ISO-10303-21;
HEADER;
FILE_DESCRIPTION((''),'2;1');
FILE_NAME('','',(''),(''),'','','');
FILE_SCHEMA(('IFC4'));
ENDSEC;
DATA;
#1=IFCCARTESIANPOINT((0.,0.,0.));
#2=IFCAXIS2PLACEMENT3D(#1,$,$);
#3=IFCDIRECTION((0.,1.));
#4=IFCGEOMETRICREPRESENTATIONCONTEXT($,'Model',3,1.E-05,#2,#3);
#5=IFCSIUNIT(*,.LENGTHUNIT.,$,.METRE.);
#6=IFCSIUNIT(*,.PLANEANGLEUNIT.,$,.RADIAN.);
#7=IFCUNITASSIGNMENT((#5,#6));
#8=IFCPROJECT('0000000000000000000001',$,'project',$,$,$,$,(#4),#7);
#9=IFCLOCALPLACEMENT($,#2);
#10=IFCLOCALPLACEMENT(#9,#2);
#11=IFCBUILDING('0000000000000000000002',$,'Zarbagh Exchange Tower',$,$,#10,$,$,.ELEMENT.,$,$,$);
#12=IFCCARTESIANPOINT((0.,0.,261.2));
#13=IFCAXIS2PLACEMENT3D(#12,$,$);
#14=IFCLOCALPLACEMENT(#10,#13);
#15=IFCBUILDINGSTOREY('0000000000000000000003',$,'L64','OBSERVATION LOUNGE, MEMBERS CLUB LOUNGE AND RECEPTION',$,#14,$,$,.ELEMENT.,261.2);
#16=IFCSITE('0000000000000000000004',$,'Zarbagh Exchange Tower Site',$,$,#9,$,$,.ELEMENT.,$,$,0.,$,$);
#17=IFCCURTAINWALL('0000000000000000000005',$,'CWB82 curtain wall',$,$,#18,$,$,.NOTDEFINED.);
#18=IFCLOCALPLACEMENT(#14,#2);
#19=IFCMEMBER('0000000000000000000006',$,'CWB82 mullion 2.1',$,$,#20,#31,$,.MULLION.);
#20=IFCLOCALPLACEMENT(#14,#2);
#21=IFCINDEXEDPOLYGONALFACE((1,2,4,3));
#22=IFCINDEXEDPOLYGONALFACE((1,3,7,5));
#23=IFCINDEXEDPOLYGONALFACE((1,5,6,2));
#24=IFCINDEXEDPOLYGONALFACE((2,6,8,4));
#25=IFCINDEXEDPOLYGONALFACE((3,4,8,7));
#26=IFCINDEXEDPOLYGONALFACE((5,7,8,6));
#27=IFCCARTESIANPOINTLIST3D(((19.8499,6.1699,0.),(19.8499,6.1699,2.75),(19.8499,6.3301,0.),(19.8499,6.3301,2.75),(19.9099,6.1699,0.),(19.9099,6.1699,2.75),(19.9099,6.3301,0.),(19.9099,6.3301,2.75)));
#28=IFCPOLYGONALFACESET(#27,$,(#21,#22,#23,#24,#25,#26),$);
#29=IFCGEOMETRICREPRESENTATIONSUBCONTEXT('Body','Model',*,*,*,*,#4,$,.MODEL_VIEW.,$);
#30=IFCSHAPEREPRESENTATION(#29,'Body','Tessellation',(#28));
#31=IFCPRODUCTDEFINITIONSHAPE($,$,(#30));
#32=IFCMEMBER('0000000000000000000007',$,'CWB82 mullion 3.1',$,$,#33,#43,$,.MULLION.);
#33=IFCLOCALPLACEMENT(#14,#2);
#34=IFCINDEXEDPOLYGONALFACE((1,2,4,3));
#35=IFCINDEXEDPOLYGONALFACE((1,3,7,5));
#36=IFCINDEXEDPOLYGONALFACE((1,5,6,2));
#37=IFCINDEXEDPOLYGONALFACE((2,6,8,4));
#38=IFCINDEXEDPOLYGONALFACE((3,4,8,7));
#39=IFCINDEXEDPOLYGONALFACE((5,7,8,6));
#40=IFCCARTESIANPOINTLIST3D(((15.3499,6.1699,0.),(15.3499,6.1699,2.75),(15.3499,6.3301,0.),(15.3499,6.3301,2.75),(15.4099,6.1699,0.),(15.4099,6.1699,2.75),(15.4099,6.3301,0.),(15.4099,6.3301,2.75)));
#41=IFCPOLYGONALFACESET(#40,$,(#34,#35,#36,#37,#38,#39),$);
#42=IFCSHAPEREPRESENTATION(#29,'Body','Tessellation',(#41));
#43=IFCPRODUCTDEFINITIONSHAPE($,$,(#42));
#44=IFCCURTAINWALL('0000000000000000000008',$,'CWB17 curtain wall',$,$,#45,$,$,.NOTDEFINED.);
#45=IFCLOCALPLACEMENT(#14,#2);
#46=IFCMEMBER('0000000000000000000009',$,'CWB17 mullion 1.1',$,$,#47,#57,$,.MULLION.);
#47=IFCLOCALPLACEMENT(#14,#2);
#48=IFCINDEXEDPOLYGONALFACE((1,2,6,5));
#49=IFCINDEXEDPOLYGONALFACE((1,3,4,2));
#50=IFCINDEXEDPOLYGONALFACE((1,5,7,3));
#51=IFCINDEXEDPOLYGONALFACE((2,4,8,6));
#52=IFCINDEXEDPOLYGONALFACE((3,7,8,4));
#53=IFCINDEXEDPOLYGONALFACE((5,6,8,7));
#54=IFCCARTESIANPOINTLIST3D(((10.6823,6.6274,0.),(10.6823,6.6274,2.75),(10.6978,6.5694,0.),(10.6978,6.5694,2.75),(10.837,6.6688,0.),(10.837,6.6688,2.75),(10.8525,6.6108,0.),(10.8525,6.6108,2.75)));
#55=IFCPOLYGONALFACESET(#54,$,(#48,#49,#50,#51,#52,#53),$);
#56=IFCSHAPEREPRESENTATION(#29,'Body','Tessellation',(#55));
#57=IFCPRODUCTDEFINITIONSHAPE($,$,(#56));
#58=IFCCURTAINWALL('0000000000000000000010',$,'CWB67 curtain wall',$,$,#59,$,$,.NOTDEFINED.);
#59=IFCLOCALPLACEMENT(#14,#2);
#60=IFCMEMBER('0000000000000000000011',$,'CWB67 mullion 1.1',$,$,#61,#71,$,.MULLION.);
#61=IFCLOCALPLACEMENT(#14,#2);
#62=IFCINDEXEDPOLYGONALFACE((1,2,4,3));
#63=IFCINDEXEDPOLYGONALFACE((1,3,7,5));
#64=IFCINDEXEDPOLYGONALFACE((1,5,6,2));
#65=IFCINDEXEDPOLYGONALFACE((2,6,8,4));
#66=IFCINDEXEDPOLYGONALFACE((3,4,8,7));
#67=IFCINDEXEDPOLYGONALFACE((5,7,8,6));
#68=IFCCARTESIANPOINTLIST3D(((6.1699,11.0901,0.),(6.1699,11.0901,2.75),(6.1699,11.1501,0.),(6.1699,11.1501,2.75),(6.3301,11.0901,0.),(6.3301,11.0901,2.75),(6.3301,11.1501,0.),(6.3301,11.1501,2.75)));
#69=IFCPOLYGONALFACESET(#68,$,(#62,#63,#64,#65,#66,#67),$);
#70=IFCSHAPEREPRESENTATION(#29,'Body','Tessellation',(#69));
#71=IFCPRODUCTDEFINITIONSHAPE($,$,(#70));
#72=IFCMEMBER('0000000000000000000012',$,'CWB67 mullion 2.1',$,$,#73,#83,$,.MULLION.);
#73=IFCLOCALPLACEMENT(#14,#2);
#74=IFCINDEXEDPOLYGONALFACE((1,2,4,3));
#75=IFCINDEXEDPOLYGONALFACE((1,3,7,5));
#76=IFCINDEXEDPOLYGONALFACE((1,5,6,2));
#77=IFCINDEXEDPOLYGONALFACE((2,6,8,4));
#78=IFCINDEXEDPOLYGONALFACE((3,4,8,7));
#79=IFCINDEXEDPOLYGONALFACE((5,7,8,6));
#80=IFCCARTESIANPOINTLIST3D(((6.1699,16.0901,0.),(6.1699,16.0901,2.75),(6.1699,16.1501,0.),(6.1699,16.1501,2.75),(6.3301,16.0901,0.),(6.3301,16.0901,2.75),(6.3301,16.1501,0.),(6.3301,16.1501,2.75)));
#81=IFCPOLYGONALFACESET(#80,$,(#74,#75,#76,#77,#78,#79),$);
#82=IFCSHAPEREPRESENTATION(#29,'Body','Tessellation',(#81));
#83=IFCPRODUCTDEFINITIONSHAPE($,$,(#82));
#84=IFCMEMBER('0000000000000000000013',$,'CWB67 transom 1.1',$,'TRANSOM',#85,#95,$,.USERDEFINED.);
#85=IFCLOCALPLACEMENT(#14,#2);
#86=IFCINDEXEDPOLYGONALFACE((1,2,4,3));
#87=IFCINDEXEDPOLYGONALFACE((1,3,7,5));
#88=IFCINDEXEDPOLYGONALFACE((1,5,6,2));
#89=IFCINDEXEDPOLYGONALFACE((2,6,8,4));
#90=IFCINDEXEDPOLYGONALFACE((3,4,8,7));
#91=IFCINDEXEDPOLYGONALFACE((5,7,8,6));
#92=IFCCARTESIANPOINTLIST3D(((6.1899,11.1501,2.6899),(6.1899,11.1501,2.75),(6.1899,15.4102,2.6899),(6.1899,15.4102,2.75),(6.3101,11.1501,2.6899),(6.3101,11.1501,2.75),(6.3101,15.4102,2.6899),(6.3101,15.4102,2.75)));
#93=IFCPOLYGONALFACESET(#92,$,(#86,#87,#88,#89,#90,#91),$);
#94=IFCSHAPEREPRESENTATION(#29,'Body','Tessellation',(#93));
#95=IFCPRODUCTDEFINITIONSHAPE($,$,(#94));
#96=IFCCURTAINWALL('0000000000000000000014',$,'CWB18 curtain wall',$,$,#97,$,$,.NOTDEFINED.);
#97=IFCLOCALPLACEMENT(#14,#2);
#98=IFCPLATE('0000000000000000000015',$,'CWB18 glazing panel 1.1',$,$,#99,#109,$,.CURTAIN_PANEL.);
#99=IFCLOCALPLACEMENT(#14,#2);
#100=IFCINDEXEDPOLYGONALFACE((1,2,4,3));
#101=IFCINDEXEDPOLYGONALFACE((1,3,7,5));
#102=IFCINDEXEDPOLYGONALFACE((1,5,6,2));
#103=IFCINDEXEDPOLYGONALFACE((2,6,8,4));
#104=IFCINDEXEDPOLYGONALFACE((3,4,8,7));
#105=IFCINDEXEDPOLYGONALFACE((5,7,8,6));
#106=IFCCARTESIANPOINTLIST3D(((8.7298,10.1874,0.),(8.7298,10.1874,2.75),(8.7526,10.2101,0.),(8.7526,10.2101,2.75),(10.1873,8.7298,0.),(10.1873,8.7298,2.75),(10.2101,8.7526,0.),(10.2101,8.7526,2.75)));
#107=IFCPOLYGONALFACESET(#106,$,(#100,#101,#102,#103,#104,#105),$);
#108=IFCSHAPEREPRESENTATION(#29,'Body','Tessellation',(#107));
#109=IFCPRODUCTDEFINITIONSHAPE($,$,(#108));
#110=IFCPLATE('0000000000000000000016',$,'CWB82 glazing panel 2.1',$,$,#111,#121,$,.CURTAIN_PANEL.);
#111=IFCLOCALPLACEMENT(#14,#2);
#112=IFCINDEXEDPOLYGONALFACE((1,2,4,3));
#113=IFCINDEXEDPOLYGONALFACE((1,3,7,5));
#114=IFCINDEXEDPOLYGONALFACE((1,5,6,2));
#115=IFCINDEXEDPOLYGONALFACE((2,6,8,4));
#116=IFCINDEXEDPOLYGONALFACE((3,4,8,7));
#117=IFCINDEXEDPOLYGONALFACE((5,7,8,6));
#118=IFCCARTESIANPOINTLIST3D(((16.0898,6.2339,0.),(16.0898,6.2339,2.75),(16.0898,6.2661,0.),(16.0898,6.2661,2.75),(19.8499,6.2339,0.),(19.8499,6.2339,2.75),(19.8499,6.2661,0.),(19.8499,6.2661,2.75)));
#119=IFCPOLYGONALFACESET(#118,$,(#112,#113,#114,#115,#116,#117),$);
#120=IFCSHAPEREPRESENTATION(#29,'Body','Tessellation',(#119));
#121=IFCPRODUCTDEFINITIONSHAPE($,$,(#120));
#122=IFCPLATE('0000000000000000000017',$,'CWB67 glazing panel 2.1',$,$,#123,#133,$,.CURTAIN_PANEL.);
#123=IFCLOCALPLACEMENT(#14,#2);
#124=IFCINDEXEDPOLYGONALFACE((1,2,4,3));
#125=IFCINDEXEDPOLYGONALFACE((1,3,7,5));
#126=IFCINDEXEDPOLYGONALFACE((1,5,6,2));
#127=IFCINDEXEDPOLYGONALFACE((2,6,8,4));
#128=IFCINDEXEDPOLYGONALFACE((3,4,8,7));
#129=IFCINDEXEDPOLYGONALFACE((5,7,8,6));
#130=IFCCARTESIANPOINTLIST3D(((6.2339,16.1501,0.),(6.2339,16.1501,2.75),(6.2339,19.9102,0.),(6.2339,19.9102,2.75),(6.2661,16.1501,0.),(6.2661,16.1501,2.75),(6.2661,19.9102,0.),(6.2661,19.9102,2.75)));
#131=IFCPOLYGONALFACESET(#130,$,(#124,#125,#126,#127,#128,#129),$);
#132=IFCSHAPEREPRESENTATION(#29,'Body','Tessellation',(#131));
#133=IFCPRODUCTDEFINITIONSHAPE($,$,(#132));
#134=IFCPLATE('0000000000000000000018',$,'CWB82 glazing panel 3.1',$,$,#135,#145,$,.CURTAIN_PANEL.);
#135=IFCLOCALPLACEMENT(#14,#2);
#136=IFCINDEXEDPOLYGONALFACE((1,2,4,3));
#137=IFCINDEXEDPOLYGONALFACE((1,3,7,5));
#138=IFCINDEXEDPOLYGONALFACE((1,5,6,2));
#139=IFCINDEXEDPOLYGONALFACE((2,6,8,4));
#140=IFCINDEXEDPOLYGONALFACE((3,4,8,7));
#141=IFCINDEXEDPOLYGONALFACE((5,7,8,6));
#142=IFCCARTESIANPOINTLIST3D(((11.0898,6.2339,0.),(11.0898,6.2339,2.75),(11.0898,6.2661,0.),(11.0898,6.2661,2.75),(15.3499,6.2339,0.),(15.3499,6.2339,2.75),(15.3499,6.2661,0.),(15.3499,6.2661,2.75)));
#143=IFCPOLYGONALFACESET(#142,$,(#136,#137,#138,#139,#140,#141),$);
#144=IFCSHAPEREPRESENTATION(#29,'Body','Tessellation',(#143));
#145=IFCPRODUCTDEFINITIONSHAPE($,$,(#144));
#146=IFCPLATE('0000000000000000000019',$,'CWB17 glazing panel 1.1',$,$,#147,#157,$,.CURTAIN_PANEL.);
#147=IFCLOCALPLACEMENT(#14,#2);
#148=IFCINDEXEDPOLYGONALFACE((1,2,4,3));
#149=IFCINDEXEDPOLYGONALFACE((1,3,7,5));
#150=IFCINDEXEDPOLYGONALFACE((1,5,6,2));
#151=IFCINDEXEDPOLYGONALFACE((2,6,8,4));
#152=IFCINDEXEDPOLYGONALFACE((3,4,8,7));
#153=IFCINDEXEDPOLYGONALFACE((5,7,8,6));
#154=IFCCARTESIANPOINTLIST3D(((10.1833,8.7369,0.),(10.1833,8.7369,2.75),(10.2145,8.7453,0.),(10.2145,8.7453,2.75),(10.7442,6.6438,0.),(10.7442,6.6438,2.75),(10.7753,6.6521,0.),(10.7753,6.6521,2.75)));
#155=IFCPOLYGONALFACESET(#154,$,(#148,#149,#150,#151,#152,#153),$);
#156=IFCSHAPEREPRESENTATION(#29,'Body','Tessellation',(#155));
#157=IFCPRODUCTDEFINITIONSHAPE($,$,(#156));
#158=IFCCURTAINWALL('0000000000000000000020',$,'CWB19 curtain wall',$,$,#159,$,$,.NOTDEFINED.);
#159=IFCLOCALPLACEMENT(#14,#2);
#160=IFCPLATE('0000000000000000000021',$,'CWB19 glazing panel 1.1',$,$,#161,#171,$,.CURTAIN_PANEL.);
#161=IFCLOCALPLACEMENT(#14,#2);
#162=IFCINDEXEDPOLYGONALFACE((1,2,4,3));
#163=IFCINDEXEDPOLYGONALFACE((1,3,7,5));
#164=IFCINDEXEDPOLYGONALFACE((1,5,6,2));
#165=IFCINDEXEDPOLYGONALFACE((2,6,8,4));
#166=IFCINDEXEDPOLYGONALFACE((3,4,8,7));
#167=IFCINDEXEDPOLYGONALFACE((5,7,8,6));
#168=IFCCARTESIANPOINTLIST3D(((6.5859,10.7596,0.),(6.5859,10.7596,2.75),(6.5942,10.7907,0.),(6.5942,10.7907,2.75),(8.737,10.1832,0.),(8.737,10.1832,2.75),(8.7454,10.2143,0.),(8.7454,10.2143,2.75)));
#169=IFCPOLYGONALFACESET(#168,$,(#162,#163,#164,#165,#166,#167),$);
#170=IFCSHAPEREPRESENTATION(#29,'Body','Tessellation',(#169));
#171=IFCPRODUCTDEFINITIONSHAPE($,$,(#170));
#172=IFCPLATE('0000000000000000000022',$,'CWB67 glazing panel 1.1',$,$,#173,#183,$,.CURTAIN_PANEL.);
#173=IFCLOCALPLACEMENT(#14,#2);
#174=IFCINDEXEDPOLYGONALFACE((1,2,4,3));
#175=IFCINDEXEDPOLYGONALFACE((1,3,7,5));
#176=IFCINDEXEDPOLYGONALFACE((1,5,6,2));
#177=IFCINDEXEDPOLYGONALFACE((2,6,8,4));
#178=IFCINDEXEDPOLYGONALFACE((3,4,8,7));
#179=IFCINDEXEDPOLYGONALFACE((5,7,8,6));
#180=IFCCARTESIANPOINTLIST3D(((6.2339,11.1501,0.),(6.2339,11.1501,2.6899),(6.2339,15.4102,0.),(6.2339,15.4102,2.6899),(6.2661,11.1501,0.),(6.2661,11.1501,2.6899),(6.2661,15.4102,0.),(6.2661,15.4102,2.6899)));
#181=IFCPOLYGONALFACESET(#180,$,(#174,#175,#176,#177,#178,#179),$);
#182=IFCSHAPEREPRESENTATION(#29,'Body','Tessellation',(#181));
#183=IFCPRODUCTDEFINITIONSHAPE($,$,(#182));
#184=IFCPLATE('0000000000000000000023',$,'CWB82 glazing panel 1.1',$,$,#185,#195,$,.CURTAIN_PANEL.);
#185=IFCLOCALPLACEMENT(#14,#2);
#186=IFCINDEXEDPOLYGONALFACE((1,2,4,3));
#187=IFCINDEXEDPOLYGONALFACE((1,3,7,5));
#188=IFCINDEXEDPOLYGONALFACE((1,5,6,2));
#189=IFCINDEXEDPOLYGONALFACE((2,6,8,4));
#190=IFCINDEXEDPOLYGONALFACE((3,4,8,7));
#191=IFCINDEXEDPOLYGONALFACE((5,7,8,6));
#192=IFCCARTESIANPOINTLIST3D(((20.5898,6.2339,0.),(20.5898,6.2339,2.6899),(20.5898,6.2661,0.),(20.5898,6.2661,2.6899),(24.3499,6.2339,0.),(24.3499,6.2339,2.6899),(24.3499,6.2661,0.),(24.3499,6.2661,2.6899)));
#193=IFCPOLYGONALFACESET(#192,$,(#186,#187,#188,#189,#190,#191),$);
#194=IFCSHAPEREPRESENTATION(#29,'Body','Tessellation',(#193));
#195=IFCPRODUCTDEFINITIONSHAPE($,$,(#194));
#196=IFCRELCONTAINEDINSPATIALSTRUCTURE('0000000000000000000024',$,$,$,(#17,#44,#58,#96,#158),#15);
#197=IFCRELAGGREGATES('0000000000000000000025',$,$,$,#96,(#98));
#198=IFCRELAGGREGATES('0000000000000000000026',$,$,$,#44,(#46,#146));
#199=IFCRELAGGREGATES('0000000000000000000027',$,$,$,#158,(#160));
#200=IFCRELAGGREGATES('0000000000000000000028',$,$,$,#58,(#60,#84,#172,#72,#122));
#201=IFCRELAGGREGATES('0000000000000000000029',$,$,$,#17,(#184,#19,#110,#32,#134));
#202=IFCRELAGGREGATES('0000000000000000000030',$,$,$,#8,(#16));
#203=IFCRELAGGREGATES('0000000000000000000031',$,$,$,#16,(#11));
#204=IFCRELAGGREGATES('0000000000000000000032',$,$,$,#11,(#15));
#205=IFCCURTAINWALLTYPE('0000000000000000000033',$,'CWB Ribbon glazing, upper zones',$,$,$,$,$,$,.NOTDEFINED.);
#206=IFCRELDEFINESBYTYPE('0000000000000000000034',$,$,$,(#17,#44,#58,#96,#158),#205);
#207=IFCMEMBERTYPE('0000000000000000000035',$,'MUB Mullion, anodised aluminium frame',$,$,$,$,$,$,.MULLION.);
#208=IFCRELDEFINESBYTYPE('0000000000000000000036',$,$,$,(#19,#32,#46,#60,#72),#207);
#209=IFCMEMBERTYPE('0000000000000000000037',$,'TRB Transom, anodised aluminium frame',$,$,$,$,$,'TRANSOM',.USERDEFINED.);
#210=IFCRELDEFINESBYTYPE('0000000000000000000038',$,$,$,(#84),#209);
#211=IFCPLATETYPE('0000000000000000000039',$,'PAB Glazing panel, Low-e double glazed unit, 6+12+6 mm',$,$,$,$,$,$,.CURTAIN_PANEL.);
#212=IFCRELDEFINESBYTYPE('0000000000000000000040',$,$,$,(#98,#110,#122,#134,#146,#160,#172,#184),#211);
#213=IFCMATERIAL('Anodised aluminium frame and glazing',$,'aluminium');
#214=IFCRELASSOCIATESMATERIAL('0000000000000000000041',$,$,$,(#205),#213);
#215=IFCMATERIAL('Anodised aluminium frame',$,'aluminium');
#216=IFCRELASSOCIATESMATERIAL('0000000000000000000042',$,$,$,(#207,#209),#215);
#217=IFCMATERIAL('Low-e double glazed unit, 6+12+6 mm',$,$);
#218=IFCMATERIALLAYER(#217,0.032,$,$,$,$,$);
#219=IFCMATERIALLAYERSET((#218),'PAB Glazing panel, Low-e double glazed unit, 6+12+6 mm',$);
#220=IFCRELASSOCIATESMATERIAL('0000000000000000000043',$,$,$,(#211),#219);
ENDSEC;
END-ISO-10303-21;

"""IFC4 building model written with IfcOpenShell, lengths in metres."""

from ifc_helpers import new_model, si_unit, direction, frame, origin, place, context, subcontext, project, spatial, polyline, outline, extrude, source, transform, mapped, material, layer, layer_set, type_object, element, aggregate, save


model = new_model("IFC4")

# Units and contexts
model_context = context("Model", 3, precision=1e-05, world=origin(), true_north=direction((0.0, 1.0)))
body_context = subcontext(model_context, "Body", "Model", "MODEL_VIEW")
ifc_project = project(units=[si_unit("LENGTHUNIT", "METRE"), si_unit("PLANEANGLEUNIT", "RADIAN")], contexts=[model_context])

# Site, building, storey
site_placement = place(None, origin())
site = spatial("IfcSite", under=ifc_project, at=site_placement, Name="Zarbagh Exchange Tower Site", CompositionType="ELEMENT", RefElevation=0.0)
building_placement = place(site_placement, origin())
building = spatial("IfcBuilding", under=site, at=building_placement, Name="Zarbagh Exchange Tower", CompositionType="ELEMENT")
storey_placement = place(building_placement, frame((0.0, 0.0, 261.2)))
storey = spatial("IfcBuildingStorey", under=building, at=storey_placement, Name="L64", Description="OBSERVATION LOUNGE, MEMBERS CLUB LOUNGE AND RECEPTION", CompositionType="ELEMENT", Elevation=261.2)

# Curtain wall, members
ifc_material_1 = material(Name="Anodised aluminium frame and glazing", Category="aluminium")
curtain_wall_type = type_object("IfcCurtainWallType", Name="CWB Ribbon glazing, upper zones", PredefinedType="NOTDEFINED", material=ifc_material_1)
curtain_wall_1_placement = place(storey_placement, origin())
curtain_wall_1 = element("IfcCurtainWall", 1, at=curtain_wall_1_placement, inside=storey, type_object=curtain_wall_type, Name="CWB82 curtain wall", PredefinedType="NOTDEFINED")
ifc_material_2 = material(Name="Anodised aluminium frame", Category="aluminium")
member_type_1 = type_object("IfcMemberType", Name="MUB Mullion, anodised aluminium frame", PredefinedType="MULLION", material=ifc_material_2)
shared_shape_1 = source(origin(), body_context, "Body", "SweptSolid", [
    extrude(outline(polyline([(0.0, -0.0801), (0.0601, -0.0801), (0.0601, 0.0801), (0.0, 0.0801), (0.0, -0.0801)])), origin(), (0.0, 0.0, 1.0), 2.75),
])
placement = place(storey_placement, origin())
member_1 = element("IfcMember", 2, at=placement, type_object=member_type_1, Name="CWB82 mullion 2.1", PredefinedType="MULLION", context=body_context, shape_type="MappedRepresentation", body=[
    mapped(shared_shape_1, transform((19.9099, 6.25, 0.0), x_axis=(-1.0, 0.0, 0.0), y_axis=(0.0, -1.0, 0.0), z_axis=(0.0, 0.0, 1.0))),
])
member_2 = element("IfcMember", 3, at=placement, type_object=member_type_1, Name="CWB82 mullion 3.1", PredefinedType="MULLION", context=body_context, shape_type="MappedRepresentation", body=[
    mapped(shared_shape_1, transform((15.4099, 6.25, 0.0), x_axis=(-1.0, 0.0, 0.0), y_axis=(0.0, -1.0, 0.0), z_axis=(0.0, 0.0, 1.0))),
])

# Curtain wall, member
curtain_wall_2_placement = place(storey_placement, origin())
curtain_wall_2 = element("IfcCurtainWall", 4, at=curtain_wall_2_placement, inside=storey, type_object=curtain_wall_type, Name="CWB17 curtain wall", PredefinedType="NOTDEFINED")
member_3 = element("IfcMember", 5, at=placement, type_object=member_type_1, Name="CWB17 mullion 1.1", PredefinedType="MULLION", context=body_context, shape_type="MappedRepresentation", body=[
    mapped(shared_shape_1, transform((10.7751, 6.5901, 0.0), x_axis=(-0.258825, 0.965924, 0.0), y_axis=(-0.965924, -0.258825, 0.0), z_axis=(0.0, 0.0, 1.0))),
])

# Curtain wall, members
curtain_wall_3_placement = place(storey_placement, origin())
curtain_wall_3 = element("IfcCurtainWall", 6, at=curtain_wall_3_placement, inside=storey, type_object=curtain_wall_type, Name="CWB67 curtain wall", PredefinedType="NOTDEFINED")
member_4 = element("IfcMember", 7, at=placement, type_object=member_type_1, Name="CWB67 mullion 1.1", PredefinedType="MULLION", context=body_context, shape_type="MappedRepresentation", body=[
    mapped(shared_shape_1, transform((6.25, 11.0901, 0.0), x_axis=(0.0, 1.0, 0.0), y_axis=(-1.0, 0.0, 0.0), z_axis=(0.0, 0.0, 1.0))),
])
member_5 = element("IfcMember", 8, at=placement, type_object=member_type_1, Name="CWB67 mullion 2.1", PredefinedType="MULLION", context=body_context, shape_type="MappedRepresentation", body=[
    mapped(shared_shape_1, transform((6.25, 16.0901, 0.0), x_axis=(0.0, 1.0, 0.0), y_axis=(-1.0, 0.0, 0.0), z_axis=(0.0, 0.0, 1.0))),
])
member_type_2 = type_object("IfcMemberType", Name="TRB Transom, anodised aluminium frame", ElementType="TRANSOM", PredefinedType="USERDEFINED", material=ifc_material_2)
shared_shape_2 = source(origin(), body_context, "Body", "SweptSolid", [
    extrude(outline(polyline([(-0.0601, -0.0601), (0.0, -0.0601), (0.0, 0.0601), (-0.0601, 0.0601), (-0.0601, -0.0601)])), origin(), (0.0, 0.0, 1.0), 4.26),
])
member_6 = element("IfcMember", 9, at=placement, type_object=member_type_2, Name="CWB67 transom 1.1", ObjectType="TRANSOM", PredefinedType="USERDEFINED", context=body_context, shape_type="MappedRepresentation", body=[
    mapped(shared_shape_2, transform((6.25, 11.1501, 2.75), x_axis=(0.0, 0.0, 1.0), y_axis=(1.0, 0.0, 0.0), z_axis=(0.0, 1.0, 0.0))),
])

# Curtain wall, plate
curtain_wall_4_placement = place(storey_placement, origin())
curtain_wall_4 = element("IfcCurtainWall", 10, at=curtain_wall_4_placement, inside=storey, type_object=curtain_wall_type, Name="CWB18 curtain wall", PredefinedType="NOTDEFINED")
ifc_material_3 = material(Name="Low-e double glazed unit, 6+12+6 mm")
ifc_layer_1 = layer(ifc_material_3, 0.032)
ifc_layer_set_1 = layer_set([ifc_layer_1], Name="PAB Glazing panel, Low-e double glazed unit, 6+12+6 mm")
plate_type = type_object("IfcPlateType", Name="PAB Glazing panel, Low-e double glazed unit, 6+12+6 mm", PredefinedType="CURTAIN_PANEL", material=ifc_layer_set_1)
shared_shape_3 = source(origin(), body_context, "Body", "SweptSolid", [
    extrude(outline(polyline([(0.0, -0.0161), (2.0613, -0.0161), (2.0613, 0.0161), (0.0, 0.0161), (0.0, -0.0161)])), origin(), (0.0, 0.0, 1.0), 2.75),
])
plate_1 = element("IfcPlate", 11, at=placement, type_object=plate_type, Name="CWB18 glazing panel 1.1", PredefinedType="CURTAIN_PANEL", context=body_context, shape_type="MappedRepresentation", body=[
    mapped(shared_shape_3, transform((10.1987, 8.7412, 0.0), x_axis=(-0.707107, 0.707107, 0.0), y_axis=(-0.707107, -0.707107, 0.0), z_axis=(0.0, 0.0, 1.0))),
])
aggregate(curtain_wall_4, [plate_1])

# Plates
shared_shape_4 = source(origin(), body_context, "Body", "SweptSolid", [
    extrude(outline(polyline([(0.0, -0.0161), (3.76, -0.0161), (3.76, 0.0161), (0.0, 0.0161), (0.0, -0.0161)])), origin(), (0.0, 0.0, 1.0), 2.75),
])
plate_2 = element("IfcPlate", 12, at=placement, type_object=plate_type, Name="CWB82 glazing panel 2.1", PredefinedType="CURTAIN_PANEL", context=body_context, shape_type="MappedRepresentation", body=[
    mapped(shared_shape_4, transform((19.8499, 6.25, 0.0), x_axis=(-1.0, 0.0, 0.0), y_axis=(0.0, -1.0, 0.0), z_axis=(0.0, 0.0, 1.0))),
])
plate_3 = element("IfcPlate", 13, at=placement, type_object=plate_type, Name="CWB67 glazing panel 2.1", PredefinedType="CURTAIN_PANEL", context=body_context, shape_type="MappedRepresentation", body=[
    mapped(shared_shape_4, transform((6.25, 16.1501, 0.0), x_axis=(0.0, 1.0, 0.0), y_axis=(-1.0, 0.0, 0.0), z_axis=(0.0, 0.0, 1.0))),
])
shared_shape_5 = source(origin(), body_context, "Body", "SweptSolid", [
    extrude(outline(polyline([(0.0, -0.0161), (4.26, -0.0161), (4.26, 0.0161), (0.0, 0.0161), (0.0, -0.0161)])), origin(), (0.0, 0.0, 1.0), 2.75),
])
plate_4 = element("IfcPlate", 14, at=placement, type_object=plate_type, Name="CWB82 glazing panel 3.1", PredefinedType="CURTAIN_PANEL", context=body_context, shape_type="MappedRepresentation", body=[
    mapped(shared_shape_5, transform((15.3499, 6.25, 0.0), x_axis=(-1.0, 0.0, 0.0), y_axis=(0.0, -1.0, 0.0), z_axis=(0.0, 0.0, 1.0))),
])
shared_shape_6 = source(origin(), body_context, "Body", "SweptSolid", [
    extrude(outline(polyline([(0.0, -0.0161), (2.167, -0.0161), (2.167, 0.0161), (0.0, 0.0161), (0.0, -0.0161)])), origin(), (0.0, 0.0, 1.0), 2.75),
])
plate_5 = element("IfcPlate", 15, at=placement, type_object=plate_type, Name="CWB17 glazing panel 1.1", PredefinedType="CURTAIN_PANEL", context=body_context, shape_type="MappedRepresentation", body=[
    mapped(shared_shape_6, transform((10.7598, 6.6479, 0.0), x_axis=(-0.258825, 0.965924, 0.0), y_axis=(-0.965924, -0.258825, 0.0), z_axis=(0.0, 0.0, 1.0))),
])
aggregate(curtain_wall_2, [member_3, plate_5])

# Curtain wall, plate
curtain_wall_5_placement = place(storey_placement, origin())
curtain_wall_5 = element("IfcCurtainWall", 16, at=curtain_wall_5_placement, inside=storey, type_object=curtain_wall_type, Name="CWB19 curtain wall", PredefinedType="NOTDEFINED")
shared_shape_7 = source(origin(), body_context, "Body", "SweptSolid", [
    extrude(outline(polyline([(0.0, -0.0161), (2.2271, -0.0161), (2.2271, 0.0161), (0.0, 0.0161), (0.0, -0.0161)])), origin(), (0.0, 0.0, 1.0), 2.75),
])
plate_6 = element("IfcPlate", 17, at=placement, type_object=plate_type, Name="CWB19 glazing panel 1.1", PredefinedType="CURTAIN_PANEL", context=body_context, shape_type="MappedRepresentation", body=[
    mapped(shared_shape_7, transform((8.7412, 10.1987, 0.0), x_axis=(-0.965924, 0.258825, 0.0), y_axis=(-0.258825, -0.965924, 0.0), z_axis=(0.0, 0.0, 1.0))),
])
aggregate(curtain_wall_5, [plate_6])

# Plates
shared_shape_8 = source(origin(), body_context, "Body", "SweptSolid", [
    extrude(outline(polyline([(0.0, -0.0161), (4.26, -0.0161), (4.26, 0.0161), (0.0, 0.0161), (0.0, -0.0161)])), origin(), (0.0, 0.0, 1.0), 2.6899),
])
plate_7 = element("IfcPlate", 18, at=placement, type_object=plate_type, Name="CWB67 glazing panel 1.1", PredefinedType="CURTAIN_PANEL", context=body_context, shape_type="MappedRepresentation", body=[
    mapped(shared_shape_8, transform((6.25, 11.1501, 0.0), x_axis=(0.0, 1.0, 0.0), y_axis=(-1.0, 0.0, 0.0), z_axis=(0.0, 0.0, 1.0))),
])
aggregate(curtain_wall_3, [member_4, member_6, plate_7, member_5, plate_3])
shared_shape_9 = source(origin(), body_context, "Body", "SweptSolid", [
    extrude(outline(polyline([(0.0, -0.0161), (3.76, -0.0161), (3.76, 0.0161), (0.0, 0.0161), (0.0, -0.0161)])), origin(), (0.0, 0.0, 1.0), 2.6899),
])
plate_8 = element("IfcPlate", 19, at=placement, type_object=plate_type, Name="CWB82 glazing panel 1.1", PredefinedType="CURTAIN_PANEL", context=body_context, shape_type="MappedRepresentation", body=[
    mapped(shared_shape_9, transform((24.3499, 6.25, 0.0), x_axis=(-1.0, 0.0, 0.0), y_axis=(0.0, -1.0, 0.0), z_axis=(0.0, 0.0, 1.0))),
])
aggregate(curtain_wall_1, [plate_8, member_1, plate_2, member_2, plate_4])

save(model, "model.ifc")
